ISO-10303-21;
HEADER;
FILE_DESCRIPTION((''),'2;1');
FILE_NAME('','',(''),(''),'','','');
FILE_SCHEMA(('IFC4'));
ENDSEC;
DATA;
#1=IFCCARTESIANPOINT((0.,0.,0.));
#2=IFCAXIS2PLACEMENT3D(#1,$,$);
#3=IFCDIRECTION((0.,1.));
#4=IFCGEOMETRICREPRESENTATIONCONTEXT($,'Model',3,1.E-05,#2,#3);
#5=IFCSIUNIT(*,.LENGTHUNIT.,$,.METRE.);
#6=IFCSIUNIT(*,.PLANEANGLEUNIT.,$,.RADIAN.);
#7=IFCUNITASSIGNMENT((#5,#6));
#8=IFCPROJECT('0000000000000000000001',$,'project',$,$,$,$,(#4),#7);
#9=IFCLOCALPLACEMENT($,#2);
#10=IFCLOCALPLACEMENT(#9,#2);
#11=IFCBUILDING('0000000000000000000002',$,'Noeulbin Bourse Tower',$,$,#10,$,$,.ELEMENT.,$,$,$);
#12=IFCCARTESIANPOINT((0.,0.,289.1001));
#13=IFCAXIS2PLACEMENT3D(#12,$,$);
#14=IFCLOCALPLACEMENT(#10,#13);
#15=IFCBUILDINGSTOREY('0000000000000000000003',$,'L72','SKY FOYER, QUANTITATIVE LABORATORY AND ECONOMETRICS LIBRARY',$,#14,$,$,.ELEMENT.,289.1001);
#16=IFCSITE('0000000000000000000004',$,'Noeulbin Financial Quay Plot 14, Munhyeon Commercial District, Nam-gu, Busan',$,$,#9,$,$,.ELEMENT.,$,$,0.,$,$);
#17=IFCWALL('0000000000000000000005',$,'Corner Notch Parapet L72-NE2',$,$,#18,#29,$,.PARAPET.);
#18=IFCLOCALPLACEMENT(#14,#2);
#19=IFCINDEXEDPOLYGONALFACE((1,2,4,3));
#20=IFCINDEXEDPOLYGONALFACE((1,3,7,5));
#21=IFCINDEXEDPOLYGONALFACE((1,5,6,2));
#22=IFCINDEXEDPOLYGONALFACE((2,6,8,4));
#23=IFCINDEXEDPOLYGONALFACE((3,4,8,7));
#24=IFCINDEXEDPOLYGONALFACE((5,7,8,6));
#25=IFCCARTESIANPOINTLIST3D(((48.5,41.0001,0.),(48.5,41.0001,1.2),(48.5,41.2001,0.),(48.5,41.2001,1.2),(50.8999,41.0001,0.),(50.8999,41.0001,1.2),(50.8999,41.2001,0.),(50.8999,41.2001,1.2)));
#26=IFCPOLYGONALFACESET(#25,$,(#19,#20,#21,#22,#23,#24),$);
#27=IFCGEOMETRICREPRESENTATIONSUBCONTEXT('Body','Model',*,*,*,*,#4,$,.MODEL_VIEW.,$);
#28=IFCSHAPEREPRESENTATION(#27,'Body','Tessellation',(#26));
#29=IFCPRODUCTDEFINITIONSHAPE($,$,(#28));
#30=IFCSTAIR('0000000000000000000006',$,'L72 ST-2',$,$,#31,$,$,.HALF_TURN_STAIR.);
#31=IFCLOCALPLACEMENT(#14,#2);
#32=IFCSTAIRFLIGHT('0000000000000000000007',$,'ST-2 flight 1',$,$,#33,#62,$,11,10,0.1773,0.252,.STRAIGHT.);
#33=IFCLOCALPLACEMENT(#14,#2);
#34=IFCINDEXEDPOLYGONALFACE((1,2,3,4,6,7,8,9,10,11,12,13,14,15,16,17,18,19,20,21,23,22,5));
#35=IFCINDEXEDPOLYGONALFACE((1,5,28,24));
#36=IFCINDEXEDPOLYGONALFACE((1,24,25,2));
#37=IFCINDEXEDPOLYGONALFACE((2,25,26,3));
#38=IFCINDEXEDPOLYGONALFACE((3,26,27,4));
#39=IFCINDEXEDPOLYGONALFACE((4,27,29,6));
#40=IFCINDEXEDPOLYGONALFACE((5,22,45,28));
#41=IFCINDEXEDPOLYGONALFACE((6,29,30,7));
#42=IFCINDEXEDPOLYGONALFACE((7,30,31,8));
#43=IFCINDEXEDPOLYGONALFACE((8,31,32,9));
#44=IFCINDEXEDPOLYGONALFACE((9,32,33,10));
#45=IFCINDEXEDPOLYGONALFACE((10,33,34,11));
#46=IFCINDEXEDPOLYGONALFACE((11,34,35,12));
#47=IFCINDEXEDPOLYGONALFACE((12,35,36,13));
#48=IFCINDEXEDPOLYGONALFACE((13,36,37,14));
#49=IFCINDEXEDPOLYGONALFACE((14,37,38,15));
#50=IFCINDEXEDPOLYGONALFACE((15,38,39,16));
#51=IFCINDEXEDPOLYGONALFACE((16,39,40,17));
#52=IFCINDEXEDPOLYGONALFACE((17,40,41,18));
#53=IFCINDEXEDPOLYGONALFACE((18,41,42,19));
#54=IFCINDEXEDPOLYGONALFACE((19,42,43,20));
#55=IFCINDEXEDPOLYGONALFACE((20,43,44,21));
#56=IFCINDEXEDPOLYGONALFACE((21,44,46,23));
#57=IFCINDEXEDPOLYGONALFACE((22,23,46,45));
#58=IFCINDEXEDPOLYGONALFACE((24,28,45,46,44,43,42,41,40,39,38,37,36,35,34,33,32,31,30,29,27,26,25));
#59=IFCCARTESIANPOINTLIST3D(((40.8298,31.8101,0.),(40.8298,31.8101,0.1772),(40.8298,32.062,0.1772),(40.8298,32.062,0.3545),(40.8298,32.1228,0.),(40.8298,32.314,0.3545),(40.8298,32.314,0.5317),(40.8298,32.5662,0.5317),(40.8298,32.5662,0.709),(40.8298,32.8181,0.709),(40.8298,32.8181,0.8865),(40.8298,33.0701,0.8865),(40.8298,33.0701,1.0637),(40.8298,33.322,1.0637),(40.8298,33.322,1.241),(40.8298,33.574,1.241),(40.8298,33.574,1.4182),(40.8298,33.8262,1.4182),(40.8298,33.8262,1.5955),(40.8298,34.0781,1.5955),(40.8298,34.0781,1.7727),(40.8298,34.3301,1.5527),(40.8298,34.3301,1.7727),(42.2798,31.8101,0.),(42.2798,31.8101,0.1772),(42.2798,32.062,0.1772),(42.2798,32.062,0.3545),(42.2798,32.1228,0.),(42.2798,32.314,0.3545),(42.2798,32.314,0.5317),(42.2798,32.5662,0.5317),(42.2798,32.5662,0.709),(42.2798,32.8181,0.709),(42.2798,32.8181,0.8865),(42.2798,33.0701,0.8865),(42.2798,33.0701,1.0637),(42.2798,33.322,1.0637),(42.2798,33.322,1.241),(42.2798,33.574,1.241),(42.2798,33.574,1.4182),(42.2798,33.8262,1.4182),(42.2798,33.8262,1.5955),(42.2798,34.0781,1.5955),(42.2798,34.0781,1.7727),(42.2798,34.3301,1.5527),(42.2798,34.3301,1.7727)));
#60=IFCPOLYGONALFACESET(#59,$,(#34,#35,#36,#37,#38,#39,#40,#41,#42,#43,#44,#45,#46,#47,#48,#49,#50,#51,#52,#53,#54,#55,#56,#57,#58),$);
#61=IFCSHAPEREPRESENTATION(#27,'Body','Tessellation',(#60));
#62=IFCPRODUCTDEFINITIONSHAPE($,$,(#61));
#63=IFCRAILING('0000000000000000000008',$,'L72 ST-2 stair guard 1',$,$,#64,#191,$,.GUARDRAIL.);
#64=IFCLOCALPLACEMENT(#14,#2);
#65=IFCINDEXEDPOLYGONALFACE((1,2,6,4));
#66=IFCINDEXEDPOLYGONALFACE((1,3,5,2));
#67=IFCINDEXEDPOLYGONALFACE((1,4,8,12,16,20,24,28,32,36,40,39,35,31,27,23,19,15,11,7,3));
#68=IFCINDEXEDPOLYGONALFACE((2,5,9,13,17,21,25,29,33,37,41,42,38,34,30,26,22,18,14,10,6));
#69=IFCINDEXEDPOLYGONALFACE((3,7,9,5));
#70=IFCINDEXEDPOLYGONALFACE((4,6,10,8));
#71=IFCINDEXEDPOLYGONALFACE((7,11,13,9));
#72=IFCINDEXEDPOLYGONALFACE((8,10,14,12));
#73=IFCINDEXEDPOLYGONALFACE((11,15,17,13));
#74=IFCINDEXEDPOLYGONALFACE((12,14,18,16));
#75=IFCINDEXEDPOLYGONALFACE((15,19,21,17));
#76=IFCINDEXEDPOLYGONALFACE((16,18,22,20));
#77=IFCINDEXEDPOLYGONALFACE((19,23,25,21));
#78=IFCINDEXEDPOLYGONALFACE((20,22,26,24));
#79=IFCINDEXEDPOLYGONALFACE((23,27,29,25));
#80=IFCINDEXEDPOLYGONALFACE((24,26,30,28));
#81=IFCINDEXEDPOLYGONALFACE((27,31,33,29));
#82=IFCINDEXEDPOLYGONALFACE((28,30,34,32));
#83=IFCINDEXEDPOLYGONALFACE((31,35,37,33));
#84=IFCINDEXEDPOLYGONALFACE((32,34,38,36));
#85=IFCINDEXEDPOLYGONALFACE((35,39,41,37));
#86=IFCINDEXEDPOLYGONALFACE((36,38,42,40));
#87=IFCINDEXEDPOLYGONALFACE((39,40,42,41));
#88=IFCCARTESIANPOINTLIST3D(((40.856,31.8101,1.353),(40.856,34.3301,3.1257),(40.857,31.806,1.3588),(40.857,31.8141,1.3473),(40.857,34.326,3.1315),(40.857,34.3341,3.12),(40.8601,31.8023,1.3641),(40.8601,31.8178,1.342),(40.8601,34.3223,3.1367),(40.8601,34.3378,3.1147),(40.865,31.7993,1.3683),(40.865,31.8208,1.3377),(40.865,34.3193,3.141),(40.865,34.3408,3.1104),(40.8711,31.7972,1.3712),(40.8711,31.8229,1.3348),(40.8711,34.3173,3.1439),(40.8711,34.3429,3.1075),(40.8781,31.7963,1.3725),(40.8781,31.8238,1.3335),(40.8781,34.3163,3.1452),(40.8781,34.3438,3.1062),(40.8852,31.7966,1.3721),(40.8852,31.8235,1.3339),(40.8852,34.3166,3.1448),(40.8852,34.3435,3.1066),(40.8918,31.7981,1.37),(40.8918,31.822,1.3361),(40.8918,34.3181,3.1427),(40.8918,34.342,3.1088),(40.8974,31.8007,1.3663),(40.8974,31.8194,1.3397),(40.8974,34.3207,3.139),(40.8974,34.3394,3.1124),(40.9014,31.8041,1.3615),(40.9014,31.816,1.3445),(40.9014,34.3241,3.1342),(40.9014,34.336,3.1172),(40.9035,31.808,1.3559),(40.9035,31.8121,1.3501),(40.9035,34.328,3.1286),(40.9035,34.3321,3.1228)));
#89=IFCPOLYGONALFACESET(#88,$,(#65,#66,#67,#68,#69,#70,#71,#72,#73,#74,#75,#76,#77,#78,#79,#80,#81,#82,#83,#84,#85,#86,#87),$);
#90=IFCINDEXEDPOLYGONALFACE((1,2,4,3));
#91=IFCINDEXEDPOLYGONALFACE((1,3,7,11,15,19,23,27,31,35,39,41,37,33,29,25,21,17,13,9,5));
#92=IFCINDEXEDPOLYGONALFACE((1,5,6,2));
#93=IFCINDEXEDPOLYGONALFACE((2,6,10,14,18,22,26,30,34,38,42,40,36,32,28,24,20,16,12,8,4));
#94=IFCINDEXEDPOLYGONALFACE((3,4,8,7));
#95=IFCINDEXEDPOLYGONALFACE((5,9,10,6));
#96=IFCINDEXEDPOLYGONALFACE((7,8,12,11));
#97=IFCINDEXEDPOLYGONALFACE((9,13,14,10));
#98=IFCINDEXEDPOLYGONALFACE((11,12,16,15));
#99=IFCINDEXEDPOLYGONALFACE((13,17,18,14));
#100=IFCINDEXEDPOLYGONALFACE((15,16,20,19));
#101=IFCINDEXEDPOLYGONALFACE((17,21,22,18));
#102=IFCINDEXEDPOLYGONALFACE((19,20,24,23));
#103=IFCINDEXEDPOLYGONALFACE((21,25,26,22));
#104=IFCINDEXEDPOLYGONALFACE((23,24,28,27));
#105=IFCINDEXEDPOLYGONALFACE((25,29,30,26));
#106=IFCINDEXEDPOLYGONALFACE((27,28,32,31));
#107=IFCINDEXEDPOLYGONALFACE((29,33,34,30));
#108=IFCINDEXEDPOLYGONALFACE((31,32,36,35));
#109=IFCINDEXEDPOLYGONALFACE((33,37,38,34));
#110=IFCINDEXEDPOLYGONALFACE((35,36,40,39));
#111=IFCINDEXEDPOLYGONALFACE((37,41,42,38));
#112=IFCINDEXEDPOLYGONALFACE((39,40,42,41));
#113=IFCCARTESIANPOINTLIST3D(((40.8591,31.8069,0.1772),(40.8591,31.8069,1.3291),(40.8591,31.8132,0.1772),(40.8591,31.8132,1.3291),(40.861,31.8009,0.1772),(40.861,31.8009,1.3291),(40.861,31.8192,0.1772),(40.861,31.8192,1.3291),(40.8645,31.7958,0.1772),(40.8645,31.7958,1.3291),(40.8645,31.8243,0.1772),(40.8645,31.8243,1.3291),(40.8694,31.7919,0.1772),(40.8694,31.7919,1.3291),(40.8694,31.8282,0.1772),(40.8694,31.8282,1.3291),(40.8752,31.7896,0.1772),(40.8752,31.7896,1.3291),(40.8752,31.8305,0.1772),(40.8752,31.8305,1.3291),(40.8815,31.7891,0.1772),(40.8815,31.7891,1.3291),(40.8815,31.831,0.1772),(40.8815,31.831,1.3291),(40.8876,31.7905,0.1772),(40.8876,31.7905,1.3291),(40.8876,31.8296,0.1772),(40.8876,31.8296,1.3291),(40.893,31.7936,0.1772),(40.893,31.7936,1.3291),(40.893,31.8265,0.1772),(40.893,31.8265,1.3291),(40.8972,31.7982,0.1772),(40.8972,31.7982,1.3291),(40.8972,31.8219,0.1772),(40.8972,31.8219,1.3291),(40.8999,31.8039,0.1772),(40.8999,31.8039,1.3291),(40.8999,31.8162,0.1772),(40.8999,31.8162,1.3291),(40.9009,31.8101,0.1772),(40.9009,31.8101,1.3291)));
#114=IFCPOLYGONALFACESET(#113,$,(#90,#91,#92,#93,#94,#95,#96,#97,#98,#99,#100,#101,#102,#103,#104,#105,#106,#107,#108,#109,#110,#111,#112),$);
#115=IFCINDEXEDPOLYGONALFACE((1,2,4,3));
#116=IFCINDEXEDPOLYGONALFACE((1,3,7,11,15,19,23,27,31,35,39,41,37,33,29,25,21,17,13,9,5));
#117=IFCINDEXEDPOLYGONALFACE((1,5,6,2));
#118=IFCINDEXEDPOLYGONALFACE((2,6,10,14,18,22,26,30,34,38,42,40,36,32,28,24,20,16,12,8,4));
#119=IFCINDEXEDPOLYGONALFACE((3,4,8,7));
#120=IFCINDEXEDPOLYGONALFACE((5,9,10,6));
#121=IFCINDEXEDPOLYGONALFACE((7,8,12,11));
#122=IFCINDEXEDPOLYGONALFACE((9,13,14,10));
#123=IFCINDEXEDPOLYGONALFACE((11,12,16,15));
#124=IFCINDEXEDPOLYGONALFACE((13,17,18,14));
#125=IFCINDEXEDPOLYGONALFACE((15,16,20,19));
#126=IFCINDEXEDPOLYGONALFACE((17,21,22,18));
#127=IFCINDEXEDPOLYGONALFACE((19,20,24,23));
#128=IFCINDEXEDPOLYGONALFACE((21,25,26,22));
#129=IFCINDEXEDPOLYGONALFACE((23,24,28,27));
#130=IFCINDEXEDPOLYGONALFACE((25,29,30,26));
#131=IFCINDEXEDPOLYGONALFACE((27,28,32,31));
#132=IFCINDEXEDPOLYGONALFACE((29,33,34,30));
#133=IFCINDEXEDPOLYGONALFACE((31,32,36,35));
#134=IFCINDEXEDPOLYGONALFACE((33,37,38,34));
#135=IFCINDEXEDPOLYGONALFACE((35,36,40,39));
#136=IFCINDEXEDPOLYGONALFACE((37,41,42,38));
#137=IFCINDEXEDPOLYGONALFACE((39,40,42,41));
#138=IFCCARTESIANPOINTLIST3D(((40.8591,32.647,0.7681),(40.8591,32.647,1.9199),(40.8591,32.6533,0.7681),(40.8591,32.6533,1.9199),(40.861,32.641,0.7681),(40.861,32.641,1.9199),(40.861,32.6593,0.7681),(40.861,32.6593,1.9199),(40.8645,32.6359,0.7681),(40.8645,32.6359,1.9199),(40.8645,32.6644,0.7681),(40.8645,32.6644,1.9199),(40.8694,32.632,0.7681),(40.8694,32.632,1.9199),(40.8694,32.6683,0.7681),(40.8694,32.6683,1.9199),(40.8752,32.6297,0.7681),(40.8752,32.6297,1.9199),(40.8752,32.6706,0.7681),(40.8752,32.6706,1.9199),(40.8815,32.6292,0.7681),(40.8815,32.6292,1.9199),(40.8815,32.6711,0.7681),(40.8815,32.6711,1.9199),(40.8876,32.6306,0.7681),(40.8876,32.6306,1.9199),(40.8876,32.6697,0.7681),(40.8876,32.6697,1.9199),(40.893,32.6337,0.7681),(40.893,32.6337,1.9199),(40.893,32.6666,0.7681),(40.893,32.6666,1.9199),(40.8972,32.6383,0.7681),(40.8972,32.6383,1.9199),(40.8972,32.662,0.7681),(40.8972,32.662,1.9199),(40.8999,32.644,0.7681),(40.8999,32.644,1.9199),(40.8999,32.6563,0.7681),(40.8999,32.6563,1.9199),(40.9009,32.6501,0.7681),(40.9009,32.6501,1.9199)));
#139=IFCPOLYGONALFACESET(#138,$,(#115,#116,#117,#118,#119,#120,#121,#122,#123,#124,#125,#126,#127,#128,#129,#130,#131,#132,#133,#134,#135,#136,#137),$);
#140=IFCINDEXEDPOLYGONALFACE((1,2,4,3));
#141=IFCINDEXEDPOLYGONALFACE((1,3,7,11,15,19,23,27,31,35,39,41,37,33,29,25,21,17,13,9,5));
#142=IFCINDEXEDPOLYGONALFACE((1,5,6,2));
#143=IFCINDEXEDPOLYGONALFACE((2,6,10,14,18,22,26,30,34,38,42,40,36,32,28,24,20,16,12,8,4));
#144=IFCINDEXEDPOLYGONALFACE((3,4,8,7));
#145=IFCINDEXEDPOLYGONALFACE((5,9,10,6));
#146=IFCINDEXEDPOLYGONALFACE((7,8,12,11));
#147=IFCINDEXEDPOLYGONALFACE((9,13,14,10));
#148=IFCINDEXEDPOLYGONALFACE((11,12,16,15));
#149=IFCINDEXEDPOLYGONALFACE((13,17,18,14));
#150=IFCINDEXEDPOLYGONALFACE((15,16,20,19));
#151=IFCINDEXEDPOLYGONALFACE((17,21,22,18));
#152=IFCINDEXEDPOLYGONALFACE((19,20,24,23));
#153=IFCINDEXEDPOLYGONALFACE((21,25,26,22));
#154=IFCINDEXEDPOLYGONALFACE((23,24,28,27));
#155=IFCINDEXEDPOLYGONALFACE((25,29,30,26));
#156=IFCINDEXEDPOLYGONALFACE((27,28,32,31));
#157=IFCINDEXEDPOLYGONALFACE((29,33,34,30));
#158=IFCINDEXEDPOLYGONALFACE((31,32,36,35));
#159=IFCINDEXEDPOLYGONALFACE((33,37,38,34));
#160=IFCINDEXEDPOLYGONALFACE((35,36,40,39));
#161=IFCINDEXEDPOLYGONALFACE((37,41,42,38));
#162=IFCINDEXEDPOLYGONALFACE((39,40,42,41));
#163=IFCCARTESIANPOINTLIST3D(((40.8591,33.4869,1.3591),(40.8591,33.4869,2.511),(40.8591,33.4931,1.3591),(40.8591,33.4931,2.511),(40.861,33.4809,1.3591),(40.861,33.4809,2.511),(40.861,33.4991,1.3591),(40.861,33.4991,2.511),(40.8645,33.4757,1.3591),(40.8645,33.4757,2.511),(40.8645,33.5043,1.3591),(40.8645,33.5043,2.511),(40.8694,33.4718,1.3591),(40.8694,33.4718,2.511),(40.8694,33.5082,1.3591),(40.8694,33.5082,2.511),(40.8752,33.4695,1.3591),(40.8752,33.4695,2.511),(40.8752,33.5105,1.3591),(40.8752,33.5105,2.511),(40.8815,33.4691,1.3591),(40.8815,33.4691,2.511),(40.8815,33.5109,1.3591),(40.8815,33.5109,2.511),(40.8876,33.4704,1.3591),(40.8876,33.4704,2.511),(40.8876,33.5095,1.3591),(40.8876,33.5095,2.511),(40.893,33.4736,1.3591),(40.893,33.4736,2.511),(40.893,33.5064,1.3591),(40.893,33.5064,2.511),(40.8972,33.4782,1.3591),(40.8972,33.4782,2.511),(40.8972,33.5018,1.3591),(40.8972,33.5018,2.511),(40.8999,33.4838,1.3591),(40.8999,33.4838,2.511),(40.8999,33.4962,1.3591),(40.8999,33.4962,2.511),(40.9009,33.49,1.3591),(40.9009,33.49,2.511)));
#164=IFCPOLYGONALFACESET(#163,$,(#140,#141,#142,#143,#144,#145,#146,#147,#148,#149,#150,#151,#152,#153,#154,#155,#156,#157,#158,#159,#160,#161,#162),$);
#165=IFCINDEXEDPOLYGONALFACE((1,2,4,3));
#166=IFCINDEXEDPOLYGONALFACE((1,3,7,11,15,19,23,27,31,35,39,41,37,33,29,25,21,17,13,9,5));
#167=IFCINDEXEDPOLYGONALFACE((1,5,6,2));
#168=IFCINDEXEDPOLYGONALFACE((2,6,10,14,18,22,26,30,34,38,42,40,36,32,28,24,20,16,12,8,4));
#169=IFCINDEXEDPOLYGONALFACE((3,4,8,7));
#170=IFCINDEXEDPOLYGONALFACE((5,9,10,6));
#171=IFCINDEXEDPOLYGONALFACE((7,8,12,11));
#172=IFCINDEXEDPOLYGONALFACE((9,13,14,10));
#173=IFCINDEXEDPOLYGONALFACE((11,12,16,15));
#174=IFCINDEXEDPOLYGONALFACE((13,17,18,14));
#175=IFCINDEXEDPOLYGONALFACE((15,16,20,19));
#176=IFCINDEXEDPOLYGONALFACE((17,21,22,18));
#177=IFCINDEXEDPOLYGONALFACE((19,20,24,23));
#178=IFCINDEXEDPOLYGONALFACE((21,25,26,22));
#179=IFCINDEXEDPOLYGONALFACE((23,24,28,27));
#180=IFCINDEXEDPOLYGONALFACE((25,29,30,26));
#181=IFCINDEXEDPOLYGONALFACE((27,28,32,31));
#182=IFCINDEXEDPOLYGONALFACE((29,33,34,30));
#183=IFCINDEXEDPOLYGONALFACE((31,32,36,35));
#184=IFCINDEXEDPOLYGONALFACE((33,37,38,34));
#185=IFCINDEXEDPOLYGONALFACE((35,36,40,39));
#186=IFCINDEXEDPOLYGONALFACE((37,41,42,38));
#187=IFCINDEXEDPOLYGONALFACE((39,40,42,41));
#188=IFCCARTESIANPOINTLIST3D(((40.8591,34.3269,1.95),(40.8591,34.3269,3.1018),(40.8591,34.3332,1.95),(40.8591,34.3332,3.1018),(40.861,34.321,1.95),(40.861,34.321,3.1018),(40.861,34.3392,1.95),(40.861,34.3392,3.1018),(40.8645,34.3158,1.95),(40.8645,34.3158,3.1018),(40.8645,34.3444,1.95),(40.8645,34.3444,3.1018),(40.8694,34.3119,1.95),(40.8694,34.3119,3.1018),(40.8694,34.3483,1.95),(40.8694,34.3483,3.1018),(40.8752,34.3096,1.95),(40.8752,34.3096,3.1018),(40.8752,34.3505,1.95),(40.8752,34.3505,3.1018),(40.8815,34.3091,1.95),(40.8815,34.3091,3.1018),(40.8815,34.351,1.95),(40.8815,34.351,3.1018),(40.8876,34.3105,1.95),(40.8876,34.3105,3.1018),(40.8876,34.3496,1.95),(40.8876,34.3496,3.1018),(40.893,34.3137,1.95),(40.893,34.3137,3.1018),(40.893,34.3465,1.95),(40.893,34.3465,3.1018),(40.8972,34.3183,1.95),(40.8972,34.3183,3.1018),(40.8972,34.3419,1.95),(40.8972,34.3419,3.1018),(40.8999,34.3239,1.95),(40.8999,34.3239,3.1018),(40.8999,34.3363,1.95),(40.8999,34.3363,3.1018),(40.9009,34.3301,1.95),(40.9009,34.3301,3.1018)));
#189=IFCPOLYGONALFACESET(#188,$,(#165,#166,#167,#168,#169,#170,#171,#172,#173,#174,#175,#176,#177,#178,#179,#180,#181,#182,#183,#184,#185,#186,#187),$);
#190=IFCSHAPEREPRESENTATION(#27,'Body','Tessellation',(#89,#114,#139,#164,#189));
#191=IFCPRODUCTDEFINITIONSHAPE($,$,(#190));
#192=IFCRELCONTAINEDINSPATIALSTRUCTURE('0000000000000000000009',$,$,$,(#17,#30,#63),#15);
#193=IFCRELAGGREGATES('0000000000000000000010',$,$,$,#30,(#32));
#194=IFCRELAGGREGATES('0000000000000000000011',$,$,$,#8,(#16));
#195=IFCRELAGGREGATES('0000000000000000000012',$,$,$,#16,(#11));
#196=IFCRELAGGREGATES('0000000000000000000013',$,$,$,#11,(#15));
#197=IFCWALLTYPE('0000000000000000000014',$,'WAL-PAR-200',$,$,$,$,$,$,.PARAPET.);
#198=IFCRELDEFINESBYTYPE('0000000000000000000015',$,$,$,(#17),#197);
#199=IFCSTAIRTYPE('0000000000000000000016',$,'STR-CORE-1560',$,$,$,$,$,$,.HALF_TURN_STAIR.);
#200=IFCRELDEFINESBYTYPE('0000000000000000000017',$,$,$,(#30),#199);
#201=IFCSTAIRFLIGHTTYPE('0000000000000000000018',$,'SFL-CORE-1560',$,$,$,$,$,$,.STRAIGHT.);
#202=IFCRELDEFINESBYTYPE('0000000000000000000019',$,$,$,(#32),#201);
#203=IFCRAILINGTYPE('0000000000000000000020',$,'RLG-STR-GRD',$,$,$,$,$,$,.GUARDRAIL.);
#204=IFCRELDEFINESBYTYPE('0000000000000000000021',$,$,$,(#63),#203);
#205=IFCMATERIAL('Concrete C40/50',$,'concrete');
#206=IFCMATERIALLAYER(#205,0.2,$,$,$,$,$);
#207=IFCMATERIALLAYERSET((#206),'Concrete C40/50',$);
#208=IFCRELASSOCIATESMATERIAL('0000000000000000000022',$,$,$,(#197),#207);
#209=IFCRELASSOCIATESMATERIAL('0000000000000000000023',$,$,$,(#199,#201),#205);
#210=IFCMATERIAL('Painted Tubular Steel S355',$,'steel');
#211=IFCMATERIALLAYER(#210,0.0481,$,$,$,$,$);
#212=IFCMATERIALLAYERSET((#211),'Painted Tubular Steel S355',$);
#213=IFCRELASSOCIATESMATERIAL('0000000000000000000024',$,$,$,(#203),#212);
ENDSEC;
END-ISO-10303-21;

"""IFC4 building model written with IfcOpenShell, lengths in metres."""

from ifc_helpers import new_model, si_unit, direction, frame, frame_2d, origin, origin_2d, place, context, subcontext, project, spatial, polyline, rectangle, circle, outline, extrude, material, layer, layer_set, type_object, element, aggregate, save


model = new_model("IFC4")

# Units and contexts
model_context = context("Model", 3, precision=1e-05, world=origin(), true_north=direction((0.0, 1.0)))
body_context = subcontext(model_context, "Body", "Model", "MODEL_VIEW")
ifc_project = project(units=[si_unit("LENGTHUNIT", "METRE"), si_unit("PLANEANGLEUNIT", "RADIAN")], contexts=[model_context])

# Site, building, storey
site_placement = place(None, origin())
site = spatial("IfcSite", under=ifc_project, at=site_placement, Name="Noeulbin Financial Quay Plot 14, Munhyeon Commercial District, Nam-gu, Busan", CompositionType="ELEMENT", RefElevation=0.0)
building_placement = place(site_placement, origin())
building = spatial("IfcBuilding", under=site, at=building_placement, Name="Noeulbin Bourse Tower", CompositionType="ELEMENT")
storey_placement = place(building_placement, frame((0.0, 0.0, 289.1001)))
storey = spatial("IfcBuildingStorey", under=building, at=storey_placement, Name="L72", Description="SKY FOYER, QUANTITATIVE LABORATORY AND ECONOMETRICS LIBRARY", CompositionType="ELEMENT", Elevation=289.1001)

# Wall
ifc_material_1 = material(Name="Concrete C40/50", Category="concrete")
ifc_layer_1 = layer(ifc_material_1, 0.2)
ifc_layer_set_1 = layer_set([ifc_layer_1], Name="Concrete C40/50")
wall_type = type_object("IfcWallType", Name="WAL-PAR-200", PredefinedType="PARAPET", material=ifc_layer_set_1)
for number, where, z_axis, x_axis, name in (
    (1, (48.5, 41.1001, 0.0), (0.0, 0.0, 1.0), (1.0, 0.0, 0.0), "Corner Notch Parapet L72-NE2"),
):
    element("IfcWall", number, at=place(storey_placement, frame(where, z_axis=z_axis, x_axis=x_axis)), inside=storey, type_object=wall_type, Name=name, PredefinedType="PARAPET", context=body_context, shape_type="SweptSolid", body=[
        extrude(rectangle(XDim=2.3999, YDim=0.2, at=frame_2d((1.2, 0.0))), origin(), (0.0, 0.0, 1.0), 1.2),
    ])

# Stair, stair flight
stair_type = type_object("IfcStairType", Name="STR-CORE-1560", PredefinedType="HALF_TURN_STAIR", material=ifc_material_1)
stair_placement = place(storey_placement, origin())
stair = element("IfcStair", 2, at=stair_placement, inside=storey, type_object=stair_type, Name="L72 ST-2", PredefinedType="HALF_TURN_STAIR")
stair_flight_type = type_object("IfcStairFlightType", Name="SFL-CORE-1560", PredefinedType="STRAIGHT", material=ifc_material_1)
stair_flight_placement = place(storey_placement, frame((41.5549, 31.8101, 0.0), z_axis=(0.0, 0.0, 1.0), x_axis=(0.0, 1.0, 0.0)))
stair_flight = element("IfcStairFlight", 3, at=stair_flight_placement, type_object=stair_flight_type, Name="ST-2 flight 1", NumberOfRisers=11, NumberOfTreads=10, PredefinedType="STRAIGHT", RiserHeight=0.1773, TreadLength=0.252, context=body_context, shape_type="SweptSolid", body=[
    extrude(outline(polyline([(0.0, 0.0), (0.0, 0.1772), (0.252, 0.1772), (0.252, 0.3545), (0.5039, 0.3545), (0.5039, 0.5317), (0.7561, 0.5317), (0.7561, 0.709), (1.0081, 0.709), (1.0081, 0.8865), (1.26, 0.8865), (1.26, 1.0637), (1.512, 1.0637), (1.512, 1.241), (1.7639, 1.241), (1.7639, 1.4182), (2.0161, 1.4182), (2.0161, 1.5955), (2.2681, 1.5955), (2.2681, 1.7727), (2.52, 1.7727), (2.52, 1.95), (2.52, 1.5527), (0.3127, 0.0), (0.0, 0.0)])), frame((0.0, 0.7251, 0.0), z_axis=(0.0, -1.0, 0.0), x_axis=(1.0, 0.0, 0.0)), (0.0, 0.0, 1.0), 1.45),
])
aggregate(stair, [stair_flight])

# Railing
ifc_material_2 = material(Name="Painted Tubular Steel S355", Category="steel")
ifc_layer_2 = layer(ifc_material_2, 0.0481)
ifc_layer_set_2 = layer_set([ifc_layer_2], Name="Painted Tubular Steel S355")
railing_type_1 = type_object("IfcRailingType", Name="RLG-STR-GRD", PredefinedType="GUARDRAIL", material=ifc_layer_set_2)
railing_1_placement = place(storey_placement, frame((40.8799, 31.8101, 0.1772)))
element("IfcRailing", 4, at=railing_1_placement, inside=storey, type_object=railing_type_1, Name="L72 ST-2 stair guard 1", PredefinedType="GUARDRAIL", context=body_context, shape_type="SweptSolid", body=[
    extrude(circle(Radius=0.0239, at=origin_2d()), frame((0.0, 0.0, 1.1758), z_axis=(0.0, 0.817904, 0.575354), x_axis=(-1.0, 0.0, 0.0)), (0.0, 0.0, 1.0), 3.0811),
    extrude(circle(Radius=0.021, at=origin_2d()), origin(), (0.0, 0.0, 1.0), 1.1519),
    extrude(circle(Radius=0.021, at=origin_2d()), frame((0.0, 0.8401, 0.5908)), (0.0, 0.0, 1.0), 1.1519),
    extrude(circle(Radius=0.021, at=origin_2d()), frame((0.0, 1.6799, 1.1819)), (0.0, 0.0, 1.0), 1.1519),
    extrude(circle(Radius=0.021, at=origin_2d()), frame((0.0, 2.52, 1.7727)), (0.0, 0.0, 1.0), 1.1519),
])

save(model, "model.ifc")
